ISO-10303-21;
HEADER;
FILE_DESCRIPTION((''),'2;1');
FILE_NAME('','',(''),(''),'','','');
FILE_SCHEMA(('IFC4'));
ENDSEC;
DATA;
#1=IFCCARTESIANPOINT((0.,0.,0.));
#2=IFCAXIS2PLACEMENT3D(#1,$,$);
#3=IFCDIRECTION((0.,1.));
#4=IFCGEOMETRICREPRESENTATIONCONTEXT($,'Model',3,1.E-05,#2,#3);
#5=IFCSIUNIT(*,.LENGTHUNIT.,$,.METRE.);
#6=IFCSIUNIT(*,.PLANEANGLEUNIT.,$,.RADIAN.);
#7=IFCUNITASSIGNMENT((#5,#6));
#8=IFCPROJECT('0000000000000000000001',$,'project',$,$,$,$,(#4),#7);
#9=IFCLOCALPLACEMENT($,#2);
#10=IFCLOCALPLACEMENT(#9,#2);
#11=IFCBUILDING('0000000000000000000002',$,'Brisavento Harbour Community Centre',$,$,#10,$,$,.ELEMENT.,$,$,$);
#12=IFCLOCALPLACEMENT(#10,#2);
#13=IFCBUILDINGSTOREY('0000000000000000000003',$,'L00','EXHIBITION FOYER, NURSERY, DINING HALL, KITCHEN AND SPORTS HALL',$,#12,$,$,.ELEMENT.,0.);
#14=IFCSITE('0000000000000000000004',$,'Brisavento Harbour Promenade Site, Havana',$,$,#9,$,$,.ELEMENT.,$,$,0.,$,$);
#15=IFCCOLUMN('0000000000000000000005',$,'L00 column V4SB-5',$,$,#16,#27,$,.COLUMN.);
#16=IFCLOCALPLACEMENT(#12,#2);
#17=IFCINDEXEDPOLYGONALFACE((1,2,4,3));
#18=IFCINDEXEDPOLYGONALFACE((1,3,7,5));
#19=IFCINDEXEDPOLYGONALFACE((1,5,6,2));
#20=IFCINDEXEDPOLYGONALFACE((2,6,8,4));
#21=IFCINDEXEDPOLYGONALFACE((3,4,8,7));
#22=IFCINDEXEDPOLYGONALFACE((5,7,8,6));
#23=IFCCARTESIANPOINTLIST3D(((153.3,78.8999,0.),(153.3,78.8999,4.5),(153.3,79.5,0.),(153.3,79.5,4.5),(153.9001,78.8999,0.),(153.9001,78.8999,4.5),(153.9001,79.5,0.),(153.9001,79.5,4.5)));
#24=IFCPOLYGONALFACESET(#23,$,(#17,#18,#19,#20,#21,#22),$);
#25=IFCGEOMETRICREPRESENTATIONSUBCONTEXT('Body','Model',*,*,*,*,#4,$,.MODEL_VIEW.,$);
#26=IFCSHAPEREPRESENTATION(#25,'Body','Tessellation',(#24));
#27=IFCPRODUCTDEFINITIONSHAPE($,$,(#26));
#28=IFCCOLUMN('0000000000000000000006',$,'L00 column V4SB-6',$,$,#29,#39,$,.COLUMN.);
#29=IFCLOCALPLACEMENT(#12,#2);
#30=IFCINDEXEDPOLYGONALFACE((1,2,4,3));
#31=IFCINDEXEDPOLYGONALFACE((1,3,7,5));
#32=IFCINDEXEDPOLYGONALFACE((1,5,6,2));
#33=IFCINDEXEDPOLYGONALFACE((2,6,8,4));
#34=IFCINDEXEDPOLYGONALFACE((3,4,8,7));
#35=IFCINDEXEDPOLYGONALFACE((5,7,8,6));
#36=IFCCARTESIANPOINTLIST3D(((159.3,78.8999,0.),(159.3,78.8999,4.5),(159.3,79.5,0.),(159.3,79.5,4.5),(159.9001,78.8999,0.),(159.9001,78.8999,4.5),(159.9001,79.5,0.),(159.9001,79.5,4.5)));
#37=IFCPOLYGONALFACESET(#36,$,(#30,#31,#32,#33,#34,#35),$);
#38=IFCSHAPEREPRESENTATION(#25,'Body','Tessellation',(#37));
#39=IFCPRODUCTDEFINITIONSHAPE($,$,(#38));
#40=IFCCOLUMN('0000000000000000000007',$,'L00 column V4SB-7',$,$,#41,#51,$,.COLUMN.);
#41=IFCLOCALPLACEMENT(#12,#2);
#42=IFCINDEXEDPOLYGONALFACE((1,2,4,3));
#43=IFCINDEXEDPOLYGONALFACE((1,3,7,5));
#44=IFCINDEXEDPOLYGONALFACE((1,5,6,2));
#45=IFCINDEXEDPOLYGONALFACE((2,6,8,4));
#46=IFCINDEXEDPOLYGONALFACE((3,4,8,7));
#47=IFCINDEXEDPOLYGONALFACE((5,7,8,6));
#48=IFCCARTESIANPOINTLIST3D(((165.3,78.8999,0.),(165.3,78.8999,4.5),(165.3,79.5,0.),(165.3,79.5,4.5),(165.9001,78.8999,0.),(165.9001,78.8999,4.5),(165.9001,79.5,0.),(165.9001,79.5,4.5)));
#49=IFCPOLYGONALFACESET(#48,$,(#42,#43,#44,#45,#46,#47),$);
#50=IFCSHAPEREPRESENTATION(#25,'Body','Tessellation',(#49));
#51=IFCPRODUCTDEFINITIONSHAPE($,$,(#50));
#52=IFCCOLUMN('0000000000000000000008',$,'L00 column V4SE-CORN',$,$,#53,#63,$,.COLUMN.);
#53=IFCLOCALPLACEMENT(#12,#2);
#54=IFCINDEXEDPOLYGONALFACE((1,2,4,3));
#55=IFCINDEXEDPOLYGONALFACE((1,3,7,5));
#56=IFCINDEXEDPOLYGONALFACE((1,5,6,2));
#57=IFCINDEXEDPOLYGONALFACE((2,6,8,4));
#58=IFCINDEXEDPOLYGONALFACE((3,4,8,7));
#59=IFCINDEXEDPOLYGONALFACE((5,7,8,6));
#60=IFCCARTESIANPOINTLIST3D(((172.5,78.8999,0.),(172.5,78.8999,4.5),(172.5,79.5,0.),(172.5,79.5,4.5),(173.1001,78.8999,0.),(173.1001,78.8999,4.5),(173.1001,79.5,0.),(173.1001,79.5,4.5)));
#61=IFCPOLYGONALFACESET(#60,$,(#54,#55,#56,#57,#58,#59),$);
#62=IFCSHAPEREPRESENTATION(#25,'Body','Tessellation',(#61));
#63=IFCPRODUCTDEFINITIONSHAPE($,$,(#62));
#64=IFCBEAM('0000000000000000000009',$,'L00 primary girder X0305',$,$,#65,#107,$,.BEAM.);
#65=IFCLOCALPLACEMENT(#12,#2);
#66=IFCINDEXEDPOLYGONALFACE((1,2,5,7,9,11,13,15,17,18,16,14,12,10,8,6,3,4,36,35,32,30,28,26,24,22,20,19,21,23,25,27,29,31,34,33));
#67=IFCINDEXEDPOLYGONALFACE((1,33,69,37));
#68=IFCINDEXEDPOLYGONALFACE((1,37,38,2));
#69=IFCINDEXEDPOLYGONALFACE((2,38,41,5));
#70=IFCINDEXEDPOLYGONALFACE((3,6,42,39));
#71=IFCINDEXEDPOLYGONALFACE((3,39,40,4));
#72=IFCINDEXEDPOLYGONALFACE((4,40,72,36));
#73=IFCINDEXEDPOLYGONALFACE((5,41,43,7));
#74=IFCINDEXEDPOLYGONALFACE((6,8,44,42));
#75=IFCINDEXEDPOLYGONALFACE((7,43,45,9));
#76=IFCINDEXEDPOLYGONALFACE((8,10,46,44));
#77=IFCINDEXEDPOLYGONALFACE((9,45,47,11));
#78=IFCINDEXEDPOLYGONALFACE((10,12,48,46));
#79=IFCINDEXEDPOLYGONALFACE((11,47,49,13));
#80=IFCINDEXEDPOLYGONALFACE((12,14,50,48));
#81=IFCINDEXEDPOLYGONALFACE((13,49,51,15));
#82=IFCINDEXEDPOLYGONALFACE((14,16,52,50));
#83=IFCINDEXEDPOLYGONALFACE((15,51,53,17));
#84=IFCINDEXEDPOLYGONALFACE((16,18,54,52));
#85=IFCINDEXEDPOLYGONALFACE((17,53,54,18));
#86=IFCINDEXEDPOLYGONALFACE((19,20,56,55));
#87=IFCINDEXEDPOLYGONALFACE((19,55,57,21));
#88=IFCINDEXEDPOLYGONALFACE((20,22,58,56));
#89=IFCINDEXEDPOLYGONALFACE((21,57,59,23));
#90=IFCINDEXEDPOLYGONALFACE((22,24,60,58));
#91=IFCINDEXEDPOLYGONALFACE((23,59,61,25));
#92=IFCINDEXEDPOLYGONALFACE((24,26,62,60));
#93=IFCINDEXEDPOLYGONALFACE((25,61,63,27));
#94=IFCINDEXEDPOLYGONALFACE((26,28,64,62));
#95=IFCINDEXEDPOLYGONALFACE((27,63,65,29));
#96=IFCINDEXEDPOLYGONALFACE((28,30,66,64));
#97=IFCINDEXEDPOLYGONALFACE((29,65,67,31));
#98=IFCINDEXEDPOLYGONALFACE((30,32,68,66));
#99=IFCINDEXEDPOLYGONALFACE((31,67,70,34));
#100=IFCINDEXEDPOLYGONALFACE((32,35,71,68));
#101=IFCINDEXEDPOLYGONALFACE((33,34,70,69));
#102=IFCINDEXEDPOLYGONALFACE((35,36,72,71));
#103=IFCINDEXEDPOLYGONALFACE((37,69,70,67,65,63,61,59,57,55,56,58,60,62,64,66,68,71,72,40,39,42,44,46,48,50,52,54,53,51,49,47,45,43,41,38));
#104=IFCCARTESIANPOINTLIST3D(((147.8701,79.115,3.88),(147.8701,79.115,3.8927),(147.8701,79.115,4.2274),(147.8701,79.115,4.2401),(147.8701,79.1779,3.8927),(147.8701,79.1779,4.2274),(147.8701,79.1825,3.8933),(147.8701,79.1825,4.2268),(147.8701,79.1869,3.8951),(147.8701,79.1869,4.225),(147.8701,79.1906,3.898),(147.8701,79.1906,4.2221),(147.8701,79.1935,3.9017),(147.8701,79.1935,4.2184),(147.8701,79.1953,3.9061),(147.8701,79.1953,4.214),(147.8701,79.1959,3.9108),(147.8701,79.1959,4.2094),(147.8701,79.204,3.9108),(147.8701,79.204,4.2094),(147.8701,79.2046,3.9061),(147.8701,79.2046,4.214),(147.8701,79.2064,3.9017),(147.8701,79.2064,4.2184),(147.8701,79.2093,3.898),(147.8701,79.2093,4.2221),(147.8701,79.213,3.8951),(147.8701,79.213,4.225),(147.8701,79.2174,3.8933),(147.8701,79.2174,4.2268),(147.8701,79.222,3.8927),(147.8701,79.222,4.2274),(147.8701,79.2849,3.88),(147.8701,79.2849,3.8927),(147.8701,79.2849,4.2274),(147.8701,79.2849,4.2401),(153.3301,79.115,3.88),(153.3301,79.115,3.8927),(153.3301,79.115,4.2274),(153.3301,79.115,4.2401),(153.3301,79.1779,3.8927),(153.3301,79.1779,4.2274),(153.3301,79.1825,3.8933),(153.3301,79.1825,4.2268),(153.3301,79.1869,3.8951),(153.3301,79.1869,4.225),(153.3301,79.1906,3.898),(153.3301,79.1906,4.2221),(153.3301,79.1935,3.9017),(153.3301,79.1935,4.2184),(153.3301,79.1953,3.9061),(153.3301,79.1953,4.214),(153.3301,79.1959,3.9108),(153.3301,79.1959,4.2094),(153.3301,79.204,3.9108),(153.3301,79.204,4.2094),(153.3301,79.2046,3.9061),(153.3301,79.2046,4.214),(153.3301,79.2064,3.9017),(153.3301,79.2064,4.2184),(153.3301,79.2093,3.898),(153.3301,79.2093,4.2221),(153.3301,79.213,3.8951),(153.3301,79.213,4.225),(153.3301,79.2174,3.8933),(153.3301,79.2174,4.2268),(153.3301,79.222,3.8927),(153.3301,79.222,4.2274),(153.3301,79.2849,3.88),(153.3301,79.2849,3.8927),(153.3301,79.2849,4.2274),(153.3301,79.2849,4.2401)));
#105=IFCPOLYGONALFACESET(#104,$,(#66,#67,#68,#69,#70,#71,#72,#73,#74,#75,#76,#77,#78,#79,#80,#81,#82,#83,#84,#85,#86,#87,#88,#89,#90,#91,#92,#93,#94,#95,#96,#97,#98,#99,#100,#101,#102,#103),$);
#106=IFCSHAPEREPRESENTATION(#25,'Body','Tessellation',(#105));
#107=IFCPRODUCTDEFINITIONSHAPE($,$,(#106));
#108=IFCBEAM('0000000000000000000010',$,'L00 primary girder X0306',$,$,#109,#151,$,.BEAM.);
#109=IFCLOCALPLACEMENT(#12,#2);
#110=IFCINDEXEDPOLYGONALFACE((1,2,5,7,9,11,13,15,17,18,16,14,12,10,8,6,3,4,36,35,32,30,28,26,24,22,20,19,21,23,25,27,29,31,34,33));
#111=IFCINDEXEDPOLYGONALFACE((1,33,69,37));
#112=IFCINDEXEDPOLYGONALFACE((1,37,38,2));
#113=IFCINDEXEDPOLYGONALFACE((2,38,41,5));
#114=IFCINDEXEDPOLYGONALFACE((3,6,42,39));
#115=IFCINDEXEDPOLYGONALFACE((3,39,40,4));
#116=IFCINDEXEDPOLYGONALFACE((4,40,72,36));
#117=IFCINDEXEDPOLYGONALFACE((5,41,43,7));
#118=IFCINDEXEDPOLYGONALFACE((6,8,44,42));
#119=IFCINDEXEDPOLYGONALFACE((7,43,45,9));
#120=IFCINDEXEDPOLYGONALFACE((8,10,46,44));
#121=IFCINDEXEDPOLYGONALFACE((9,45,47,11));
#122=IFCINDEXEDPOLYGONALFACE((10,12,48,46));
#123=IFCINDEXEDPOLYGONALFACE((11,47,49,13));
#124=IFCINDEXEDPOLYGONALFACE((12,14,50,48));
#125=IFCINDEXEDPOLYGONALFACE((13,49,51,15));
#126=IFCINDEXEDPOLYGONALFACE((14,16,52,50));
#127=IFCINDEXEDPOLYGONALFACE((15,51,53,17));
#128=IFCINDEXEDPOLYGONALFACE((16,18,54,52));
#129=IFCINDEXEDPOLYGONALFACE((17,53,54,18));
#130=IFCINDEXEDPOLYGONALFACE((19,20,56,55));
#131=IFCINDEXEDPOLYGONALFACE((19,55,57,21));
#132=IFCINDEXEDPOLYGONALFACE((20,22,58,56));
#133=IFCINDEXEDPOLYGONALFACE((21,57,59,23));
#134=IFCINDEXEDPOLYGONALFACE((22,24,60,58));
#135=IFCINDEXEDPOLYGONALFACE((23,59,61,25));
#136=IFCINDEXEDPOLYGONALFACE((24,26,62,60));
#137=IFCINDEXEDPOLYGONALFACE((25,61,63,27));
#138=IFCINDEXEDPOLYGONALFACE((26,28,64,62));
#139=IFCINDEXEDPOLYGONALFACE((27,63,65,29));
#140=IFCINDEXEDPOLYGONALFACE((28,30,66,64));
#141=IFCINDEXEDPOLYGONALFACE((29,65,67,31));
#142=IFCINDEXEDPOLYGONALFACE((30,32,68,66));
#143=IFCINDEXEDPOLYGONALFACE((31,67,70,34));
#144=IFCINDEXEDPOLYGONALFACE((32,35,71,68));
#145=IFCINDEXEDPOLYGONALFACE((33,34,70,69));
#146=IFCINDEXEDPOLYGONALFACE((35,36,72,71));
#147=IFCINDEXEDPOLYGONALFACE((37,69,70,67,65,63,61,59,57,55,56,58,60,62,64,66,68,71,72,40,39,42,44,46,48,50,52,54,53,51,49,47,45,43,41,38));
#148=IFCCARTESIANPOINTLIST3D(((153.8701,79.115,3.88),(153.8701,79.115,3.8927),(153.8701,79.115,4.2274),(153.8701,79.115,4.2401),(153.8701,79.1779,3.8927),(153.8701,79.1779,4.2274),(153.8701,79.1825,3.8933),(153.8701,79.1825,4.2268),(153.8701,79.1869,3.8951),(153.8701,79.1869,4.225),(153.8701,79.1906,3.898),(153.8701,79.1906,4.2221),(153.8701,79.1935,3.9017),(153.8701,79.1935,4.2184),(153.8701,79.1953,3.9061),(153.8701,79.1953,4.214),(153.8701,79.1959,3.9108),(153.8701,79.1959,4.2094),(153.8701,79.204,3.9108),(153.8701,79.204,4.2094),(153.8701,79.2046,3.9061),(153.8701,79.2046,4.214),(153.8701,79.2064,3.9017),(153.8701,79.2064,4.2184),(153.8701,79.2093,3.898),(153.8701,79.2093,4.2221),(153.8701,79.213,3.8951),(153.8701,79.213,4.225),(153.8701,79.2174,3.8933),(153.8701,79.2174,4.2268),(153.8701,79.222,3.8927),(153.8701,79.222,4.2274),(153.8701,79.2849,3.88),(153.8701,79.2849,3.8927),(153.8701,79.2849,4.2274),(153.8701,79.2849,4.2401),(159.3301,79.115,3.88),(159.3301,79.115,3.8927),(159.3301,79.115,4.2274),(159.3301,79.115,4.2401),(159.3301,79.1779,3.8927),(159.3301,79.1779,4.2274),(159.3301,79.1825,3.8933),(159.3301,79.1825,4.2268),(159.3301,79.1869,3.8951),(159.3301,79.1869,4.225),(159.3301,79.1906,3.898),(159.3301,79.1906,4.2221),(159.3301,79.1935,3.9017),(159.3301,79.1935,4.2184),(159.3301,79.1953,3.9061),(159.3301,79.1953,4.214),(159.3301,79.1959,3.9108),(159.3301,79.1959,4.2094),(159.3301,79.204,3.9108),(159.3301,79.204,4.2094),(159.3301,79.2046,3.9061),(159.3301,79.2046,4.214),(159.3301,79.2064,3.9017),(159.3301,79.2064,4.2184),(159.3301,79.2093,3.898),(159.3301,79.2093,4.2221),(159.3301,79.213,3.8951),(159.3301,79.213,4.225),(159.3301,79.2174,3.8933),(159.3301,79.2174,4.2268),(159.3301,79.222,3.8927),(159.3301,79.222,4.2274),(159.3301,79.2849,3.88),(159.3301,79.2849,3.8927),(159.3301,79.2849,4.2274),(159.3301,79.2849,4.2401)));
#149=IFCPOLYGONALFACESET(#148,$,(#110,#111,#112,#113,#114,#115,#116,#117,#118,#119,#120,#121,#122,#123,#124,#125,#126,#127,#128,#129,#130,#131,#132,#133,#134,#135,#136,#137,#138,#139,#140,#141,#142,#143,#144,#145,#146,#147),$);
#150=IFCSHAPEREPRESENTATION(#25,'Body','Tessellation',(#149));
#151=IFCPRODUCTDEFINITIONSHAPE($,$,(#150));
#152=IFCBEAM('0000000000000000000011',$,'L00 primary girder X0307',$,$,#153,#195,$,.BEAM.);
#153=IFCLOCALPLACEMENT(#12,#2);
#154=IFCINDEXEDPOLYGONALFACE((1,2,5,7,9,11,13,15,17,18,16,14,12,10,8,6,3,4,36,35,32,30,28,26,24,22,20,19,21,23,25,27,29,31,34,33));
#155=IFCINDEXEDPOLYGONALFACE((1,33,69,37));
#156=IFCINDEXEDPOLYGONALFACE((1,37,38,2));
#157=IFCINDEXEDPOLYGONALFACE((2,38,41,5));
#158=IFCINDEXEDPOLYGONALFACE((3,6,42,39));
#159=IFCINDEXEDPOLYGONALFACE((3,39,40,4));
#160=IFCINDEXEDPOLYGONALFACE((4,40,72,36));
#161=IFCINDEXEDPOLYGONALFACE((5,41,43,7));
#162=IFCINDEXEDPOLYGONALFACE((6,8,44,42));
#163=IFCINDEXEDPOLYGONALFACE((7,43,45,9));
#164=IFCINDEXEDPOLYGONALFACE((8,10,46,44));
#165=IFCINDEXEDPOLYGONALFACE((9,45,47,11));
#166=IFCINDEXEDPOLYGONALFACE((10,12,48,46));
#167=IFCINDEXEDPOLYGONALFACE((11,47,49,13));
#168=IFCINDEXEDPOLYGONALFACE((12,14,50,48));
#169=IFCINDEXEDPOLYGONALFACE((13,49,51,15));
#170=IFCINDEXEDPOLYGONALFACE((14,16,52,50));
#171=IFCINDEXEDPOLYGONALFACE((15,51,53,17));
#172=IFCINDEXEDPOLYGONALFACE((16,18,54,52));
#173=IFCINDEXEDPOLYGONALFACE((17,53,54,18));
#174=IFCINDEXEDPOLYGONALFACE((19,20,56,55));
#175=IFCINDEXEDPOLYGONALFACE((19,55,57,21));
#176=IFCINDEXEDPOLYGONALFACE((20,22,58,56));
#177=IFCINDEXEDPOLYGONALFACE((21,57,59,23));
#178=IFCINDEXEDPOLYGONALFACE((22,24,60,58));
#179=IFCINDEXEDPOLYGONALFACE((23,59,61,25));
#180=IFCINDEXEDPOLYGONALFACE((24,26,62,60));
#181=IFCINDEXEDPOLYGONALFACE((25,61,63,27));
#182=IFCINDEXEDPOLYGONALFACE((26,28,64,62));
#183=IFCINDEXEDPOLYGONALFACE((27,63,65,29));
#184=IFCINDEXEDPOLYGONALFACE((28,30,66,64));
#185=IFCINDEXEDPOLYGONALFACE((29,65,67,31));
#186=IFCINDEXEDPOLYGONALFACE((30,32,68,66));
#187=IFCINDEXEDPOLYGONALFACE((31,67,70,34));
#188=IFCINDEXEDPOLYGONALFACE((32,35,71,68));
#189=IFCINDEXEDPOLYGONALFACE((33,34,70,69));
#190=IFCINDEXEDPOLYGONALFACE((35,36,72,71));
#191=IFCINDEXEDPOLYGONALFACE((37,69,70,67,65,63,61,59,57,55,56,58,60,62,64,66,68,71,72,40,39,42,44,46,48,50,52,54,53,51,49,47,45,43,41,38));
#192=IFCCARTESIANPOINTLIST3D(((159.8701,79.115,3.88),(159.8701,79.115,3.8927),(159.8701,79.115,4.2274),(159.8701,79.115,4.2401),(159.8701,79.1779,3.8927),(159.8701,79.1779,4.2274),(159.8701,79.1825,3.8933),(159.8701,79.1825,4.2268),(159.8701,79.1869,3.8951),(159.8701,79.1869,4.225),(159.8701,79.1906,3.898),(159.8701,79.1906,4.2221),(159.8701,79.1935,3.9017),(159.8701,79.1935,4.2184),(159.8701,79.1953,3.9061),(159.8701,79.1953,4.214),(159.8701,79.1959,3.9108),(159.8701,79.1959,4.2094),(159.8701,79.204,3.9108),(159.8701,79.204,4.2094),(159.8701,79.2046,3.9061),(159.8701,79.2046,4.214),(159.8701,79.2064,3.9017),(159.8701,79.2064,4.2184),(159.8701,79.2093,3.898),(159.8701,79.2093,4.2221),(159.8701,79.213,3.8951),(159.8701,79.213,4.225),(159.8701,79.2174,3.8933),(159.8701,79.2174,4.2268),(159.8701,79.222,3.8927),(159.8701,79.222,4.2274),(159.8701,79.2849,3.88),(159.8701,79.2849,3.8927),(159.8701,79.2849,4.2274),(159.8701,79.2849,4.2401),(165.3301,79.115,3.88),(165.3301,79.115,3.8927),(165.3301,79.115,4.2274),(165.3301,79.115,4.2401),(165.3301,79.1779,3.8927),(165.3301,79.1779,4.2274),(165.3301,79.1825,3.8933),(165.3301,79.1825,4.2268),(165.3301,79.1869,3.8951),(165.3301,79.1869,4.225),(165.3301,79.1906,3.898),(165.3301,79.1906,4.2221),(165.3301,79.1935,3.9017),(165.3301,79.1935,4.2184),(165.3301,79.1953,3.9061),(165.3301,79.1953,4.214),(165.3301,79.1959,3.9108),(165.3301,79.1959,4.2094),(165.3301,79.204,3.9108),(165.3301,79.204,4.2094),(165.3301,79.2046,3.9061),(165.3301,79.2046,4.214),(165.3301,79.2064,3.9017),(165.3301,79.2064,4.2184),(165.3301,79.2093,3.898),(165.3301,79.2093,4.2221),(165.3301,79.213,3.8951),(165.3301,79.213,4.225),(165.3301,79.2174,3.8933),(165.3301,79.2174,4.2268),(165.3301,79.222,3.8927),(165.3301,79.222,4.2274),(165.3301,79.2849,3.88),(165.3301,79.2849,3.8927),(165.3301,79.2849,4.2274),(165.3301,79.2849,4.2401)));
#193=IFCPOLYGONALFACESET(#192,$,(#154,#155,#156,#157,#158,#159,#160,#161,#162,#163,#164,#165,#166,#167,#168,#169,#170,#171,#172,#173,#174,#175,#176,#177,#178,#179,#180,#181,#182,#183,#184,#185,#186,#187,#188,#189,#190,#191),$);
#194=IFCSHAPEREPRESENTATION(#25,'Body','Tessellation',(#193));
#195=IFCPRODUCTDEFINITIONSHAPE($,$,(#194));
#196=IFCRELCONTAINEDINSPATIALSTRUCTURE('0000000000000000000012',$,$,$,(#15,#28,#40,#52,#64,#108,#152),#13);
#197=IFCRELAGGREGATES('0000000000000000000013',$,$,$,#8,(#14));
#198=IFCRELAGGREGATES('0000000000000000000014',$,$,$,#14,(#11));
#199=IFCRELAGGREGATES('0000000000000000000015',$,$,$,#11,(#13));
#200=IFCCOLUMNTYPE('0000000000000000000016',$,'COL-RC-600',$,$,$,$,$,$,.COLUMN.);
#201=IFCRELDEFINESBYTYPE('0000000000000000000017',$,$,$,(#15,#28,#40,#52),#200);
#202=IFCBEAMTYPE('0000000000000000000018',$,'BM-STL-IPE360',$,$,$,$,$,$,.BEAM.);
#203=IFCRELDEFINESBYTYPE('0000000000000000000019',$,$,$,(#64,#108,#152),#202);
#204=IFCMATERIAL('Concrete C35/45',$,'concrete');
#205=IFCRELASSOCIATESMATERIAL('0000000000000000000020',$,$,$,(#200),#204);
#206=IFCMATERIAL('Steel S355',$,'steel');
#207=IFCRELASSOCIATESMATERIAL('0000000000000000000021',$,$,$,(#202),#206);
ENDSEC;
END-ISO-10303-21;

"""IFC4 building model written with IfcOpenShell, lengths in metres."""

from ifc_helpers import new_model, si_unit, direction, frame, origin, origin_2d, place, context, subcontext, project, spatial, rectangle, i_section, extrude, material, material_profile, profile_set, type_object, element, save


model = new_model("IFC4")

# Units and contexts
model_context = context("Model", 3, precision=1e-05, world=origin(), true_north=direction((0.0, 1.0)))
body_context = subcontext(model_context, "Body", "Model", "MODEL_VIEW")
ifc_project = project(units=[si_unit("LENGTHUNIT", "METRE"), si_unit("PLANEANGLEUNIT", "RADIAN")], contexts=[model_context])

# Site, building, storey
site_placement = place(None, origin())
site = spatial("IfcSite", under=ifc_project, at=site_placement, Name="Brisavento Harbour Promenade Site, Havana", CompositionType="ELEMENT", RefElevation=0.0)
building_placement = place(site_placement, origin())
building = spatial("IfcBuilding", under=site, at=building_placement, Name="Brisavento Harbour Community Centre", CompositionType="ELEMENT")
storey_placement = place(building_placement, origin())
storey = spatial("IfcBuildingStorey", under=building, at=storey_placement, Name="L00", Description="EXHIBITION FOYER, NURSERY, DINING HALL, KITCHEN AND SPORTS HALL", CompositionType="ELEMENT", Elevation=0.0)

# Columns
ifc_material_1 = material(Name="Concrete C35/45", Category="concrete")
ifc_material_profile_1 = material_profile(ifc_material_1, rectangle(XDim=0.6001, YDim=0.6001, at=origin_2d()), Name="Concrete C35/45")
ifc_profile_set_1 = profile_set([ifc_material_profile_1], Name="Concrete C35/45")
column_type = type_object("IfcColumnType", Name="COL-RC-600", PredefinedType="COLUMN", material=ifc_profile_set_1)
for number, where, z_axis, x_axis, name in (
    (1, (153.6001, 79.2, 0.0), (0.0, 0.0, 1.0), (1.0, 0.0, 0.0), "L00 column V4SB-5"),
    (2, (159.6001, 79.2, 0.0), (0.0, 0.0, 1.0), (1.0, 0.0, 0.0), "L00 column V4SB-6"),
    (3, (165.6001, 79.2, 0.0), (0.0, 0.0, 1.0), (1.0, 0.0, 0.0), "L00 column V4SB-7"),
    (4, (172.8, 79.2, 0.0), (0.0, 0.0, 1.0), (1.0, 0.0, 0.0), "L00 column V4SE-CORN"),
):
    element("IfcColumn", number, at=place(storey_placement, frame(where, z_axis=z_axis, x_axis=x_axis)), inside=storey, type_object=column_type, Name=name, PredefinedType="COLUMN", context=body_context, shape_type="SweptSolid", body=[
        extrude(rectangle(XDim=0.6001, YDim=0.6001, at=origin_2d()), origin(), (0.0, 0.0, 1.0), 4.5),
    ])

# Beams
ifc_material_2 = material(Name="Steel S355", Category="steel")
ifc_material_profile_2 = material_profile(ifc_material_2, i_section(OverallWidth=0.1699, OverallDepth=0.3601, WebThickness=0.0081, FlangeThickness=0.0127, FilletRadius=0.0181, at=origin_2d()), Name="Steel S355")
ifc_profile_set_2 = profile_set([ifc_material_profile_2], Name="Steel S355")
beam_type_1 = type_object("IfcBeamType", Name="BM-STL-IPE360", PredefinedType="BEAM", material=ifc_profile_set_2)
for number, where, z_axis, x_axis, name in (
    (5, (147.8701, 79.2, 4.0601), (1.0, 0.0, 0.0), (0.0, 1.0, 0.0), "L00 primary girder X0305"),
    (6, (153.8701, 79.2, 4.0601), (1.0, 0.0, 0.0), (0.0, 1.0, 0.0), "L00 primary girder X0306"),
    (7, (159.8701, 79.2, 4.0601), (1.0, 0.0, 0.0), (0.0, 1.0, 0.0), "L00 primary girder X0307"),
):
    element("IfcBeam", number, at=place(storey_placement, frame(where, z_axis=z_axis, x_axis=x_axis)), inside=storey, type_object=beam_type_1, Name=name, PredefinedType="BEAM", context=body_context, shape_type="SweptSolid", body=[
        extrude(i_section(OverallWidth=0.1699, OverallDepth=0.3601, WebThickness=0.0081, FlangeThickness=0.0127, FilletRadius=0.0181, at=origin_2d()), origin(), (0.0, 0.0, 1.0), 5.46),
    ])

save(model, "model.ifc")
